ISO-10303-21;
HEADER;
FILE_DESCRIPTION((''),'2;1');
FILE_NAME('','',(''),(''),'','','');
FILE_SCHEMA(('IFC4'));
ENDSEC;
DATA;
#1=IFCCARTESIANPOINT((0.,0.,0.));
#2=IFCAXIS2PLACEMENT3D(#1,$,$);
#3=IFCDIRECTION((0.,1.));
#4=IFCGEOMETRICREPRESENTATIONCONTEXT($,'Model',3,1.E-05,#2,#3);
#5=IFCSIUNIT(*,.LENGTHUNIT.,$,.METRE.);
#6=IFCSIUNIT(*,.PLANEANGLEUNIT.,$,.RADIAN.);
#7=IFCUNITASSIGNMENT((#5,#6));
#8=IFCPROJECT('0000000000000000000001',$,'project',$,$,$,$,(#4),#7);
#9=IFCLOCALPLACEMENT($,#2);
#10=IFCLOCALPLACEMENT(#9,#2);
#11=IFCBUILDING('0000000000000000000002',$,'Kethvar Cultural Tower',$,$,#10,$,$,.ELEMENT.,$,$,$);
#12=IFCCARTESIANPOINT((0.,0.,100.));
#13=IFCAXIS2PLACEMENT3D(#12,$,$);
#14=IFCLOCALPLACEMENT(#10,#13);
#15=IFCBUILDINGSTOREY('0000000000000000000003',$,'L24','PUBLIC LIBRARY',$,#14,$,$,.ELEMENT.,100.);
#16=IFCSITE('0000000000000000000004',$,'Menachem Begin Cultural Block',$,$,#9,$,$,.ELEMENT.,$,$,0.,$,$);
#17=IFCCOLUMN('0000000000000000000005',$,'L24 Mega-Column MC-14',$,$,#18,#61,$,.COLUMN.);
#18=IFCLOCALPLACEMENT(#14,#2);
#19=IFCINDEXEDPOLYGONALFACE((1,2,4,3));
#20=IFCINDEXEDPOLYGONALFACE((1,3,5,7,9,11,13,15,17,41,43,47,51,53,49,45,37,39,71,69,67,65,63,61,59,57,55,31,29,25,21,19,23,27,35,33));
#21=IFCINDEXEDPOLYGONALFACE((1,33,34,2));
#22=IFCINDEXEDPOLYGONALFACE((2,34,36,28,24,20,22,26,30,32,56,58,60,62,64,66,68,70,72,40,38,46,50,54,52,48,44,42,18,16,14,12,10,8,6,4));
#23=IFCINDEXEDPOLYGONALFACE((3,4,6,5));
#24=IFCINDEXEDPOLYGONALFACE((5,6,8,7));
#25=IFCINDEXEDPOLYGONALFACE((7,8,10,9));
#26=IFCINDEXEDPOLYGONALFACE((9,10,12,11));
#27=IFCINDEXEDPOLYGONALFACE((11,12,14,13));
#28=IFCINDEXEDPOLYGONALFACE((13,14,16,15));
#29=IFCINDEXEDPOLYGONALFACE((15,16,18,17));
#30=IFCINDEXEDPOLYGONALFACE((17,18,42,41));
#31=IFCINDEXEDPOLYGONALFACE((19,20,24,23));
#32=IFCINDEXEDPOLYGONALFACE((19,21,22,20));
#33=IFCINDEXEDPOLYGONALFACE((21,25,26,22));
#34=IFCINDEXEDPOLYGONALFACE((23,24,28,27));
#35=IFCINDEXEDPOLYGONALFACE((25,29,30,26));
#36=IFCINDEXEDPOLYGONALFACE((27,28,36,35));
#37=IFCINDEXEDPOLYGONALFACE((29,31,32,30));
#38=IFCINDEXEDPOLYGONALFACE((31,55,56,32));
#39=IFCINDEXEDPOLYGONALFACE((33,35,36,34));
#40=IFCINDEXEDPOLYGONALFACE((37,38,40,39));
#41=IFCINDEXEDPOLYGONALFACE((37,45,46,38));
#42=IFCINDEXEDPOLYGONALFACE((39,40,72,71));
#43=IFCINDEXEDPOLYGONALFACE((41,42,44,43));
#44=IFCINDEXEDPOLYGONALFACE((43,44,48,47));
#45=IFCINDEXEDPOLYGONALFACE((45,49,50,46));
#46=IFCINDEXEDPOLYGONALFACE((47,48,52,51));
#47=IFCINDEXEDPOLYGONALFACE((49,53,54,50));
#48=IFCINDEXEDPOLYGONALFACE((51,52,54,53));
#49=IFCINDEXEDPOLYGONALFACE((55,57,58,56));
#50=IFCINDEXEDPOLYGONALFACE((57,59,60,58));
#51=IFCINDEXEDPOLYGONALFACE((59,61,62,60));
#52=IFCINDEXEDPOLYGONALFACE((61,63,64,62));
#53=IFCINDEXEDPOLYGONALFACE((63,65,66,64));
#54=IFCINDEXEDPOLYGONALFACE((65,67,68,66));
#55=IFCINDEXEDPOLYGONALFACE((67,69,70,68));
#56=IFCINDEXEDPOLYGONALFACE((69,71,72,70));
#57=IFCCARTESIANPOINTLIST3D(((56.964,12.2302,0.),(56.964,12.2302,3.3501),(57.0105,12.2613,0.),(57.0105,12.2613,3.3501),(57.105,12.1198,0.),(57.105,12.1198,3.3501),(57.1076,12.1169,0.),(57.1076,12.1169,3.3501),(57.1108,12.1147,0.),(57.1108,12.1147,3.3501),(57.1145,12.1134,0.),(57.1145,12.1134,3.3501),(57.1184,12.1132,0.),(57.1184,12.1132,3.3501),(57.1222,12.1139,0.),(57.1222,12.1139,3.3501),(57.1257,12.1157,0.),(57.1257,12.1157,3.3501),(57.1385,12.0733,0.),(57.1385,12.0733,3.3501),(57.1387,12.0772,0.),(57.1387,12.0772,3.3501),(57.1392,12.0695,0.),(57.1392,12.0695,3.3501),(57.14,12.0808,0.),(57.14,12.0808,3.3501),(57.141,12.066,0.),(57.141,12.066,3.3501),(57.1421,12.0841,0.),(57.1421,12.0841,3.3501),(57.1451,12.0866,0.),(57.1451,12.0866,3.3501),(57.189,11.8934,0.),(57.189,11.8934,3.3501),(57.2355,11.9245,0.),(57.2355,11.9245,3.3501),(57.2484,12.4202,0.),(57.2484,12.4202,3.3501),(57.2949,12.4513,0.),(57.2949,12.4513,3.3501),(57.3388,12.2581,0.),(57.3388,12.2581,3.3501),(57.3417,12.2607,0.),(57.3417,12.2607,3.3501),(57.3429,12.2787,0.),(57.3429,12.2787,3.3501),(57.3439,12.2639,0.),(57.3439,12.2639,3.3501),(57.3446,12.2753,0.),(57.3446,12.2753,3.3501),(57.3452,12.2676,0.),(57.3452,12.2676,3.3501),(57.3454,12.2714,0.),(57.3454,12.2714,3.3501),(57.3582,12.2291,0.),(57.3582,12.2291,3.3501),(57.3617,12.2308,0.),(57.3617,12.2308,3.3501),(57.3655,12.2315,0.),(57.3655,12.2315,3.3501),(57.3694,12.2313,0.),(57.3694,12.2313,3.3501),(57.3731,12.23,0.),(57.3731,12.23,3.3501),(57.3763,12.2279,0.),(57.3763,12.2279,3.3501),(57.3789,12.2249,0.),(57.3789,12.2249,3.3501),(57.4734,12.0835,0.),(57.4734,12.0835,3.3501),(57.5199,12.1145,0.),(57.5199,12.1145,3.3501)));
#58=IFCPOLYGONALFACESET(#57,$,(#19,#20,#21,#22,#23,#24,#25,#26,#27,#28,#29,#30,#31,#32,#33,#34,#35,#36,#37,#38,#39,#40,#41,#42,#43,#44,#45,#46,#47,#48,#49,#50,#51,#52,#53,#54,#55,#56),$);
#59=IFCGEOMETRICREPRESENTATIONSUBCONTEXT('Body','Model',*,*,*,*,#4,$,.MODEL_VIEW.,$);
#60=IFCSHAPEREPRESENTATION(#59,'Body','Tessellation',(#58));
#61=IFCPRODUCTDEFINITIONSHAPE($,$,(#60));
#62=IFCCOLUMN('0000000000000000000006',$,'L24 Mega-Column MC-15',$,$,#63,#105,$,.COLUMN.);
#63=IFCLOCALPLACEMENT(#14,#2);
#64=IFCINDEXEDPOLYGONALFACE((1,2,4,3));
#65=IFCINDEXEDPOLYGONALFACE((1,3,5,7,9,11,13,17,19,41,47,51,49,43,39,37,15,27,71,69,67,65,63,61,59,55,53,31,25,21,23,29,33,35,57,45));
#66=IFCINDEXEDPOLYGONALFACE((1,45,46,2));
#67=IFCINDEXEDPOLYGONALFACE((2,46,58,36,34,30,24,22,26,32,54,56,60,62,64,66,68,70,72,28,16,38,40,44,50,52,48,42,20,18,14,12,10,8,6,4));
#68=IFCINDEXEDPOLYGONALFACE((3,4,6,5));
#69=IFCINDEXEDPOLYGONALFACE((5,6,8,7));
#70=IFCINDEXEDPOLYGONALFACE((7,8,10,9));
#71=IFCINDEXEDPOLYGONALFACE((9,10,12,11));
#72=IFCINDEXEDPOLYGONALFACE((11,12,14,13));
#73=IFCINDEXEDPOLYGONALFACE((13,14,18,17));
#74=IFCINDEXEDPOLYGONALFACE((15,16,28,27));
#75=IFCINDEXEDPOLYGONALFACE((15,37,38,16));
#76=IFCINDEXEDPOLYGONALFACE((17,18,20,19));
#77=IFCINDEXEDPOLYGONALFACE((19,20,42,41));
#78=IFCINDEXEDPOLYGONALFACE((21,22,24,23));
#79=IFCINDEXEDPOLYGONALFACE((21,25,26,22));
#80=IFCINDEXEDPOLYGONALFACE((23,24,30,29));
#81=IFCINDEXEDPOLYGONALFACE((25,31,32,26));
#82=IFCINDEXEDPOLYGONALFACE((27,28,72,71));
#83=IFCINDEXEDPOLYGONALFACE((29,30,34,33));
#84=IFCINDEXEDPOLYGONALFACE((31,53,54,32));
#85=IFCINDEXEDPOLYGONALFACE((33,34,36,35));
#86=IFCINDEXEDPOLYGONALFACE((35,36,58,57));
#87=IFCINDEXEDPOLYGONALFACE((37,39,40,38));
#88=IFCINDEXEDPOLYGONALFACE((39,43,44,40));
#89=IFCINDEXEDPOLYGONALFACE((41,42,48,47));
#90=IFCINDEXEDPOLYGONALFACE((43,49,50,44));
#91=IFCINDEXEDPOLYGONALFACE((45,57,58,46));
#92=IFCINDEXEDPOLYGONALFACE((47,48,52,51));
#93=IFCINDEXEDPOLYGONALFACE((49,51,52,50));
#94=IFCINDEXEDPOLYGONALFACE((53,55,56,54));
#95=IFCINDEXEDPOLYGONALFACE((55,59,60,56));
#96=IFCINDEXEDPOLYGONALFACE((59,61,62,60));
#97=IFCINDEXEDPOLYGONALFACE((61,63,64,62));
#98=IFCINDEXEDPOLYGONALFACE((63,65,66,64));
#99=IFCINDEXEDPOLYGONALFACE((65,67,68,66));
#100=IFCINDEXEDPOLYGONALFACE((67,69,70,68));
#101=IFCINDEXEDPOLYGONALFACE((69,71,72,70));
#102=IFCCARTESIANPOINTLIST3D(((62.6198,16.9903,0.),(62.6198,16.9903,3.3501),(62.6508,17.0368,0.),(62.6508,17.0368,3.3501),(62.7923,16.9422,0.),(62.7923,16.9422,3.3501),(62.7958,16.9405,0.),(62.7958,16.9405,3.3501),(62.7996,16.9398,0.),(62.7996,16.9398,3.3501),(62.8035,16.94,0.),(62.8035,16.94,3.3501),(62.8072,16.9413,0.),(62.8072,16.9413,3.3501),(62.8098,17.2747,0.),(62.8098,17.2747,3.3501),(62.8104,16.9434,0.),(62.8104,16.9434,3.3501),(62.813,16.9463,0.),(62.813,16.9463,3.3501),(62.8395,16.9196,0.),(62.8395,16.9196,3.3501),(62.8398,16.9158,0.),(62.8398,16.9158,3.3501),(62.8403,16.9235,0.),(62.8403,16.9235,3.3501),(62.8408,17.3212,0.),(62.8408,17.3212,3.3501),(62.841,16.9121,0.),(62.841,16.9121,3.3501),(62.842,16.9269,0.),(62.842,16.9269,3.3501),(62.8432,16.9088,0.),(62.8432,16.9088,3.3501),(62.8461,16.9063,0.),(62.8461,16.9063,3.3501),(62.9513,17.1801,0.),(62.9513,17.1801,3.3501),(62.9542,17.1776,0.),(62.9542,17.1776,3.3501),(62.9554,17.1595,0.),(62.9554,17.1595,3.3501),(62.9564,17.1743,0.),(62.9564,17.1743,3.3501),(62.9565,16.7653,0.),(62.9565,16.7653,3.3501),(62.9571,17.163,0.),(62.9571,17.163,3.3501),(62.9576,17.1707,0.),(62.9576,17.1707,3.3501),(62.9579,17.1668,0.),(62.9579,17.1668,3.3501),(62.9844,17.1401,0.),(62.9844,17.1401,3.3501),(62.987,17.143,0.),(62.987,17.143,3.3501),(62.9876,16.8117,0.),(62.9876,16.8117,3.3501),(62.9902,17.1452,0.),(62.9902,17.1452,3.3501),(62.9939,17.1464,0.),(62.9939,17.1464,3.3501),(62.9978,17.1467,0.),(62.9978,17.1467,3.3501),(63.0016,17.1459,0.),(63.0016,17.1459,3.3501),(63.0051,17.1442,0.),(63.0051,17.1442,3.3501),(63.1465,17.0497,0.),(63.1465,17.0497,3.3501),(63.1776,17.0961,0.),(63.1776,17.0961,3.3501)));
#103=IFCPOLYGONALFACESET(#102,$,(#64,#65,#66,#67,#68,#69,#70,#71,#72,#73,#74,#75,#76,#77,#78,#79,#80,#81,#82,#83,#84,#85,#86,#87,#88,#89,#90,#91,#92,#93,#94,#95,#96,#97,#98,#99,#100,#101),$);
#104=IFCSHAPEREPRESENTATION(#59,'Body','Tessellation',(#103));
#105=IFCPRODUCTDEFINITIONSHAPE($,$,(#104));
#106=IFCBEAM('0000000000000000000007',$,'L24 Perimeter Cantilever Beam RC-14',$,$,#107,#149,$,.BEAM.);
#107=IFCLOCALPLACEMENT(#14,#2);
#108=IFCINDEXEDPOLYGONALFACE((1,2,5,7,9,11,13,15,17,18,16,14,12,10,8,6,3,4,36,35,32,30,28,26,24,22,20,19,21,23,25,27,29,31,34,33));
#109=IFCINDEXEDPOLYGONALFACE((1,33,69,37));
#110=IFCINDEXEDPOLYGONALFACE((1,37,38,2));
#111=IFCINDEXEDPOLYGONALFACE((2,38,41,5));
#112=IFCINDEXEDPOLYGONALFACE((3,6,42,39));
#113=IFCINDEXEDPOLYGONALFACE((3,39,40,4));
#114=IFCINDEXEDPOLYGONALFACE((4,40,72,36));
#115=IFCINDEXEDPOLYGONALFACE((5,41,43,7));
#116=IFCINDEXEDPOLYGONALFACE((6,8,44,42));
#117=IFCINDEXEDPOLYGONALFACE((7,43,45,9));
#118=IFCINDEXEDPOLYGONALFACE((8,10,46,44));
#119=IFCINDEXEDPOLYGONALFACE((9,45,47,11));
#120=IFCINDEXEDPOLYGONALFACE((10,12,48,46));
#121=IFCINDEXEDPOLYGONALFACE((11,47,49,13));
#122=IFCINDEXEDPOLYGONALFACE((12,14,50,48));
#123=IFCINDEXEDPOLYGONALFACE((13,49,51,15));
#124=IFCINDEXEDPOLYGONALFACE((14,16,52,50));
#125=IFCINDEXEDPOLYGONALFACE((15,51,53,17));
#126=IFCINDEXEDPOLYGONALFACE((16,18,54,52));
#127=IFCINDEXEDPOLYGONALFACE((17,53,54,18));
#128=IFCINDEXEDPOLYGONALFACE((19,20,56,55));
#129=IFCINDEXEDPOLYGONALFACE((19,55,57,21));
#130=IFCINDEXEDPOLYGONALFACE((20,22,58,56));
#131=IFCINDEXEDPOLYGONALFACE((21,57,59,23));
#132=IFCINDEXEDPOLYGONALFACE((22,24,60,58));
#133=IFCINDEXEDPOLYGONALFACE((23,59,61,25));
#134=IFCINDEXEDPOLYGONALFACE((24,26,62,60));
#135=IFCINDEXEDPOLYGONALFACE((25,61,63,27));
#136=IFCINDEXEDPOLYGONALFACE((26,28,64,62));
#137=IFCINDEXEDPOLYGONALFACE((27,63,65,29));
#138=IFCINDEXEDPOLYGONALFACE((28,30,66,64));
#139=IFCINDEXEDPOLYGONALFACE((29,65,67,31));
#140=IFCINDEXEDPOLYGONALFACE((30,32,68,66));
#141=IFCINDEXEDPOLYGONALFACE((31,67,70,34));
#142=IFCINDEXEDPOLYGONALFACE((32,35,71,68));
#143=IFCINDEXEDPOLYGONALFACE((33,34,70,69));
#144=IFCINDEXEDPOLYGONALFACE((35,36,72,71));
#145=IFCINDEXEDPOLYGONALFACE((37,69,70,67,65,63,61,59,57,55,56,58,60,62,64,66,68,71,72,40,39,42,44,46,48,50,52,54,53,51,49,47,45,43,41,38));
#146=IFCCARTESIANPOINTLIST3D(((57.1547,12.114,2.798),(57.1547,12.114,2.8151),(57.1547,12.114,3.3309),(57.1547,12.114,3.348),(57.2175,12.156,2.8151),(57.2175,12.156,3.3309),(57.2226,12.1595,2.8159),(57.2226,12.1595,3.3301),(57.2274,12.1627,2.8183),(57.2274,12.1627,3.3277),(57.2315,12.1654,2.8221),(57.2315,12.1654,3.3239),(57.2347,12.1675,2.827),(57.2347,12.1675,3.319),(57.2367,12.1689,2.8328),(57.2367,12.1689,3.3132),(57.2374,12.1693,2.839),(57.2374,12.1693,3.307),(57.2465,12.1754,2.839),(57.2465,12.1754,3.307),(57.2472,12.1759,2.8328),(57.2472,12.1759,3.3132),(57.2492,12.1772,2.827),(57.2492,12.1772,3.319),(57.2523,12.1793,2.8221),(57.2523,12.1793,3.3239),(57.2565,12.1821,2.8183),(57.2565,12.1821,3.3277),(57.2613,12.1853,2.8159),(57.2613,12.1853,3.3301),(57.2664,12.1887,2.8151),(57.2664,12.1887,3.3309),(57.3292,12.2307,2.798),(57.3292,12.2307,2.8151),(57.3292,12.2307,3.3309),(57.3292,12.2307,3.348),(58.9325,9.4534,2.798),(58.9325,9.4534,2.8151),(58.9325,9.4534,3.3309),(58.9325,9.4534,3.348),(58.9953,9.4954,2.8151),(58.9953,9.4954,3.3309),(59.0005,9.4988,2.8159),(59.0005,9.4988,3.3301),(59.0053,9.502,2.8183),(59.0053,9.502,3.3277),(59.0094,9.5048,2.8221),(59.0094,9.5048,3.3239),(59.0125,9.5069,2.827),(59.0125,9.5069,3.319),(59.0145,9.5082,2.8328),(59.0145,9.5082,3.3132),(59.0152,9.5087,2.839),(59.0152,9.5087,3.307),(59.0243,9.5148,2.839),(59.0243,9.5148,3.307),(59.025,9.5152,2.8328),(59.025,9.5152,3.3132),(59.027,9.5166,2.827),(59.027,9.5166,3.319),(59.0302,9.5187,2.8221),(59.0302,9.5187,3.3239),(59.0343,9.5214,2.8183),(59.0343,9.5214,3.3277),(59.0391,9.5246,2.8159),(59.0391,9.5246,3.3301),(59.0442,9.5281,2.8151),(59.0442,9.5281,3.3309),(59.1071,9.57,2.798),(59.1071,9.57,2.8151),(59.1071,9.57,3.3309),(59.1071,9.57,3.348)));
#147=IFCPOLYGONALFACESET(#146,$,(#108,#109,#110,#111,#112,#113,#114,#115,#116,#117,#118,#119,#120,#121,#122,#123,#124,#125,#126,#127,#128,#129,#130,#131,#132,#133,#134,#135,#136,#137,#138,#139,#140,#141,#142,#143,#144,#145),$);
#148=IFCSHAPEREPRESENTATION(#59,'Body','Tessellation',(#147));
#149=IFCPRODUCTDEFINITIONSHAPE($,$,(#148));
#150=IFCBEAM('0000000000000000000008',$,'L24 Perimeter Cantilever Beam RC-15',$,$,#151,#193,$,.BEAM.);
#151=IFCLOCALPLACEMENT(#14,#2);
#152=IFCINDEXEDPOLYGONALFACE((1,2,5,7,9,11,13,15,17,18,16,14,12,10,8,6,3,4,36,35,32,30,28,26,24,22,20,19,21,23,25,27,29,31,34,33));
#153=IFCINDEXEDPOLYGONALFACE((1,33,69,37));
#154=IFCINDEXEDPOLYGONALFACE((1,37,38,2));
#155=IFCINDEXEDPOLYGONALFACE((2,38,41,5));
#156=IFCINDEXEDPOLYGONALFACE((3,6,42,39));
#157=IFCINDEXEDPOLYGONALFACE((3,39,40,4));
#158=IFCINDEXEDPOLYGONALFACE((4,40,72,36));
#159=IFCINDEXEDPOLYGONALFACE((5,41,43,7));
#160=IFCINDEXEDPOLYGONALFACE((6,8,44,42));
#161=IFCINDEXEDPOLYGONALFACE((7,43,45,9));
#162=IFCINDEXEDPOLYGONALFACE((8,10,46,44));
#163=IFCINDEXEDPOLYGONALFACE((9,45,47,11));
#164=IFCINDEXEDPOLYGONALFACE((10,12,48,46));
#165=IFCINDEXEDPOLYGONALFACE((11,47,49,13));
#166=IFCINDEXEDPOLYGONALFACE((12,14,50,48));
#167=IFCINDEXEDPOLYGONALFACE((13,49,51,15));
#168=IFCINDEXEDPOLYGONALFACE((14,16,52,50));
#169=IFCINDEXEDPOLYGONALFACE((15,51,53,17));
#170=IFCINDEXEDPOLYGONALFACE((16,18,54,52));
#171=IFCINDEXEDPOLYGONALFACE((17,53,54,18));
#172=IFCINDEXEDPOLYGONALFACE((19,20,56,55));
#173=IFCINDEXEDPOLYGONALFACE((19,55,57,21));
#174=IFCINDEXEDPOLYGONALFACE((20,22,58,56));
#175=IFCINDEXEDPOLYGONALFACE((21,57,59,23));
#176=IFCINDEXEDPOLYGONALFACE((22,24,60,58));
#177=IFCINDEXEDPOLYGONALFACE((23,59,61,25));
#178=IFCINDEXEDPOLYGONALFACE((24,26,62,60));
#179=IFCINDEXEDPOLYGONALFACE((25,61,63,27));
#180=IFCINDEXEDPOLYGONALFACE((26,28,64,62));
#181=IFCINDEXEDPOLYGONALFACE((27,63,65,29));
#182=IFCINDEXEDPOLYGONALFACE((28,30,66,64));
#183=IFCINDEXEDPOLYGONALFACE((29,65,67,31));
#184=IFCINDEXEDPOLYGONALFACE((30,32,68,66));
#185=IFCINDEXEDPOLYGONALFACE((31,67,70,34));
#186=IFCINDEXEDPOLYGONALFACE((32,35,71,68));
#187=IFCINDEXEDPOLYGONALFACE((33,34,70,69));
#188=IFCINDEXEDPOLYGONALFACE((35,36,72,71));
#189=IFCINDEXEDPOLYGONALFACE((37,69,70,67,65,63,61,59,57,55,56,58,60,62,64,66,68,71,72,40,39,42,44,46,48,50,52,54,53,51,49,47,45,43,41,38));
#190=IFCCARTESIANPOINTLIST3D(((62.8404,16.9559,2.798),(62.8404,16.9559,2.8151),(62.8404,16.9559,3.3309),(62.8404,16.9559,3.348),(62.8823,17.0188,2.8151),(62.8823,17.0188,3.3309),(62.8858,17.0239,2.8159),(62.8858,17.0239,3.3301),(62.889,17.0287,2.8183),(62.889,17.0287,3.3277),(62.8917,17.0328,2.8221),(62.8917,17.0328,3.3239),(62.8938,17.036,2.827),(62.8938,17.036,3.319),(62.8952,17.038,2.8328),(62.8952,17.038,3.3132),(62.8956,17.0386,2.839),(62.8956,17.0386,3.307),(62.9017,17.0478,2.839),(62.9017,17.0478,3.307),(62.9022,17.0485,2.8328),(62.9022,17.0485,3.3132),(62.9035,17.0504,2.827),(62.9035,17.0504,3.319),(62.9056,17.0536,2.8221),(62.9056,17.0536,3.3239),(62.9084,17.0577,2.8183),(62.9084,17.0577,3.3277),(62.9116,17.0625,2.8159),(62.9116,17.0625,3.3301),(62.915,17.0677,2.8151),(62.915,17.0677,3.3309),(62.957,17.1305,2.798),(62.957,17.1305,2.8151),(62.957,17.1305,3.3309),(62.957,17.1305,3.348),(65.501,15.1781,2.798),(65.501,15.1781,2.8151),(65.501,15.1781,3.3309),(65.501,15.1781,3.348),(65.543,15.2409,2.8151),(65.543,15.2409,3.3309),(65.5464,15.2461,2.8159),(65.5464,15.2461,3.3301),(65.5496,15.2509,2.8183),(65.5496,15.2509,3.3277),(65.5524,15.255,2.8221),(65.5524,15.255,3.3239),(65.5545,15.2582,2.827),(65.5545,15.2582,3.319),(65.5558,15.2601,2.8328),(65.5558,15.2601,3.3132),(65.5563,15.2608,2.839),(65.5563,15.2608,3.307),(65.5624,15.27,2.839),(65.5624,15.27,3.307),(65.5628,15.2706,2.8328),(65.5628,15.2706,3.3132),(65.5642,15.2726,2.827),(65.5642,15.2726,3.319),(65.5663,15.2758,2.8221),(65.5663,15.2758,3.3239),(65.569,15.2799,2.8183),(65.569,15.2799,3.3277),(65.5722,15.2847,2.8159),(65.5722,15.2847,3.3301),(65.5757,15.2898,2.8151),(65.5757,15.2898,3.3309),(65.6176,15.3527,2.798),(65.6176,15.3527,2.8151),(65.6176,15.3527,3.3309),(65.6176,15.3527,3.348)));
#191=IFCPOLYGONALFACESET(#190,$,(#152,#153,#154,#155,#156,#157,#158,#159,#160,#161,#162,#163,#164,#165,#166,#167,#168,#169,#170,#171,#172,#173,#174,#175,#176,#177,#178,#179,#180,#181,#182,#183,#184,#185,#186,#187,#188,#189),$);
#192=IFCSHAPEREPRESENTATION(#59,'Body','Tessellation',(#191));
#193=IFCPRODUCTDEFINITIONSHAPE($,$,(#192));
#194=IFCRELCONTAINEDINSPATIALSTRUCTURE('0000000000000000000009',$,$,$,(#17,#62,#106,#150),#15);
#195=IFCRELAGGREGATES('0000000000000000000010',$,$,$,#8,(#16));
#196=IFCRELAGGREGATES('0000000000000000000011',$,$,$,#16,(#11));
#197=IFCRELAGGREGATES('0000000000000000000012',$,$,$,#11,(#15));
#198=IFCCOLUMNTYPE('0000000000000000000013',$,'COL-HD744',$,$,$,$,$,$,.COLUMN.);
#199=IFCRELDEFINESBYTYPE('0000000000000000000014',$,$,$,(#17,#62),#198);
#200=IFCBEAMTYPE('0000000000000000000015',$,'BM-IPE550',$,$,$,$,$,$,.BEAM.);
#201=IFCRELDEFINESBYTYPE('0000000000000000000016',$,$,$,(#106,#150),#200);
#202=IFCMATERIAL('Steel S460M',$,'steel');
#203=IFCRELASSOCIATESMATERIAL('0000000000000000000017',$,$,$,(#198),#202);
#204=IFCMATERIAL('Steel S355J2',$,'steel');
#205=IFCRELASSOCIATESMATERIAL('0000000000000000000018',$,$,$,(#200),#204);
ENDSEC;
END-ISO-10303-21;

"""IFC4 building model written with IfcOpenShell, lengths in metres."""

from ifc_helpers import new_model, si_unit, direction, frame, origin, origin_2d, place, context, subcontext, project, spatial, i_section, extrude, source, transform, mapped, material, material_profile, profile_set, type_object, element, save


model = new_model("IFC4")

# Units and contexts
model_context = context("Model", 3, precision=1e-05, world=origin(), true_north=direction((0.0, 1.0)))
body_context = subcontext(model_context, "Body", "Model", "MODEL_VIEW")
ifc_project = project(units=[si_unit("LENGTHUNIT", "METRE"), si_unit("PLANEANGLEUNIT", "RADIAN")], contexts=[model_context])

# Site, building, storey
site_placement = place(None, origin())
site = spatial("IfcSite", under=ifc_project, at=site_placement, Name="Menachem Begin Cultural Block", CompositionType="ELEMENT", RefElevation=0.0)
building_placement = place(site_placement, origin())
building = spatial("IfcBuilding", under=site, at=building_placement, Name="Kethvar Cultural Tower", CompositionType="ELEMENT")
storey_placement = place(building_placement, frame((0.0, 0.0, 100.0)))
storey = spatial("IfcBuildingStorey", under=building, at=storey_placement, Name="L24", Description="PUBLIC LIBRARY", CompositionType="ELEMENT", Elevation=100.0)

# Columns
ifc_material_1 = material(Name="Steel S460M", Category="steel")
ifc_material_profile_1 = material_profile(ifc_material_1, i_section(OverallWidth=0.405, OverallDepth=0.3979, WebThickness=0.0349, FlangeThickness=0.0559, FilletRadius=0.0149, at=origin_2d()), Name="Steel S460M — HD400x744")
ifc_profile_set_1 = profile_set([ifc_material_profile_1], Name="Steel S460M — HD400x744")
column_type = type_object("IfcColumnType", Name="COL-HD744", PredefinedType="COLUMN", material=ifc_profile_set_1)
shared_shape_1 = source(origin(), body_context, "Body", "SweptSolid", [
    extrude(i_section(OverallWidth=0.405, OverallDepth=0.3979, WebThickness=0.0349, FlangeThickness=0.0559, FilletRadius=0.0149, at=origin_2d()), origin(), (0.0, 0.0, 1.0), 3.3501),
])
for number, where, z_axis, x_axis, name in (
    (1, (57.2419, 12.1724, 0.0), (0.0, 0.0, 1.0), (0.55557, -0.83147, 0.0), "L24 Mega-Column MC-14"),
    (2, (62.8987, 17.0432, 0.0), (0.0, 0.0, 1.0), (0.83147, -0.55557, 0.0), "L24 Mega-Column MC-15"),
):
    element("IfcColumn", number, at=place(storey_placement, frame(where, z_axis=z_axis, x_axis=x_axis)), inside=storey, type_object=column_type, Name=name, PredefinedType="COLUMN", context=body_context, shape_type="MappedRepresentation", body=[
        mapped(shared_shape_1, transform((0.0, 0.0, 0.0), scale=1.0)),
    ])

# Beams
ifc_material_2 = material(Name="Steel S355J2", Category="steel")
ifc_material_profile_2 = material_profile(ifc_material_2, i_section(OverallWidth=0.21, OverallDepth=0.55, WebThickness=0.011, FlangeThickness=0.0171, FilletRadius=0.0239, at=origin_2d()), Name="Steel S355J2 — IPE550")
ifc_profile_set_2 = profile_set([ifc_material_profile_2], Name="Steel S355J2 — IPE550")
beam_type_1 = type_object("IfcBeamType", Name="BM-IPE550", PredefinedType="BEAM", material=ifc_profile_set_2)
shared_shape_2 = source(origin(), body_context, "Body", "SweptSolid", [
    extrude(i_section(OverallWidth=0.21, OverallDepth=0.55, WebThickness=0.011, FlangeThickness=0.0171, FilletRadius=0.0239, at=origin_2d()), origin(), (0.0, 0.0, 1.0), 3.2),
])
for number, where, z_axis, x_axis, name in (
    (3, (57.2419, 12.1724, 3.073), (0.55558, -0.831463, 0.0), (0.831463, 0.55558, 0.0), "L24 Perimeter Cantilever Beam RC-14"),
    (4, (62.8987, 17.0432, 3.073), (0.831463, -0.55558, 0.0), (0.55558, 0.831463, 0.0), "L24 Perimeter Cantilever Beam RC-15"),
):
    element("IfcBeam", number, at=place(storey_placement, frame(where, z_axis=z_axis, x_axis=x_axis)), inside=storey, type_object=beam_type_1, Name=name, PredefinedType="BEAM", context=body_context, shape_type="MappedRepresentation", body=[
        mapped(shared_shape_2, transform((0.0, 0.0, 0.0), scale=1.0)),
    ])

save(model, "model.ifc")
